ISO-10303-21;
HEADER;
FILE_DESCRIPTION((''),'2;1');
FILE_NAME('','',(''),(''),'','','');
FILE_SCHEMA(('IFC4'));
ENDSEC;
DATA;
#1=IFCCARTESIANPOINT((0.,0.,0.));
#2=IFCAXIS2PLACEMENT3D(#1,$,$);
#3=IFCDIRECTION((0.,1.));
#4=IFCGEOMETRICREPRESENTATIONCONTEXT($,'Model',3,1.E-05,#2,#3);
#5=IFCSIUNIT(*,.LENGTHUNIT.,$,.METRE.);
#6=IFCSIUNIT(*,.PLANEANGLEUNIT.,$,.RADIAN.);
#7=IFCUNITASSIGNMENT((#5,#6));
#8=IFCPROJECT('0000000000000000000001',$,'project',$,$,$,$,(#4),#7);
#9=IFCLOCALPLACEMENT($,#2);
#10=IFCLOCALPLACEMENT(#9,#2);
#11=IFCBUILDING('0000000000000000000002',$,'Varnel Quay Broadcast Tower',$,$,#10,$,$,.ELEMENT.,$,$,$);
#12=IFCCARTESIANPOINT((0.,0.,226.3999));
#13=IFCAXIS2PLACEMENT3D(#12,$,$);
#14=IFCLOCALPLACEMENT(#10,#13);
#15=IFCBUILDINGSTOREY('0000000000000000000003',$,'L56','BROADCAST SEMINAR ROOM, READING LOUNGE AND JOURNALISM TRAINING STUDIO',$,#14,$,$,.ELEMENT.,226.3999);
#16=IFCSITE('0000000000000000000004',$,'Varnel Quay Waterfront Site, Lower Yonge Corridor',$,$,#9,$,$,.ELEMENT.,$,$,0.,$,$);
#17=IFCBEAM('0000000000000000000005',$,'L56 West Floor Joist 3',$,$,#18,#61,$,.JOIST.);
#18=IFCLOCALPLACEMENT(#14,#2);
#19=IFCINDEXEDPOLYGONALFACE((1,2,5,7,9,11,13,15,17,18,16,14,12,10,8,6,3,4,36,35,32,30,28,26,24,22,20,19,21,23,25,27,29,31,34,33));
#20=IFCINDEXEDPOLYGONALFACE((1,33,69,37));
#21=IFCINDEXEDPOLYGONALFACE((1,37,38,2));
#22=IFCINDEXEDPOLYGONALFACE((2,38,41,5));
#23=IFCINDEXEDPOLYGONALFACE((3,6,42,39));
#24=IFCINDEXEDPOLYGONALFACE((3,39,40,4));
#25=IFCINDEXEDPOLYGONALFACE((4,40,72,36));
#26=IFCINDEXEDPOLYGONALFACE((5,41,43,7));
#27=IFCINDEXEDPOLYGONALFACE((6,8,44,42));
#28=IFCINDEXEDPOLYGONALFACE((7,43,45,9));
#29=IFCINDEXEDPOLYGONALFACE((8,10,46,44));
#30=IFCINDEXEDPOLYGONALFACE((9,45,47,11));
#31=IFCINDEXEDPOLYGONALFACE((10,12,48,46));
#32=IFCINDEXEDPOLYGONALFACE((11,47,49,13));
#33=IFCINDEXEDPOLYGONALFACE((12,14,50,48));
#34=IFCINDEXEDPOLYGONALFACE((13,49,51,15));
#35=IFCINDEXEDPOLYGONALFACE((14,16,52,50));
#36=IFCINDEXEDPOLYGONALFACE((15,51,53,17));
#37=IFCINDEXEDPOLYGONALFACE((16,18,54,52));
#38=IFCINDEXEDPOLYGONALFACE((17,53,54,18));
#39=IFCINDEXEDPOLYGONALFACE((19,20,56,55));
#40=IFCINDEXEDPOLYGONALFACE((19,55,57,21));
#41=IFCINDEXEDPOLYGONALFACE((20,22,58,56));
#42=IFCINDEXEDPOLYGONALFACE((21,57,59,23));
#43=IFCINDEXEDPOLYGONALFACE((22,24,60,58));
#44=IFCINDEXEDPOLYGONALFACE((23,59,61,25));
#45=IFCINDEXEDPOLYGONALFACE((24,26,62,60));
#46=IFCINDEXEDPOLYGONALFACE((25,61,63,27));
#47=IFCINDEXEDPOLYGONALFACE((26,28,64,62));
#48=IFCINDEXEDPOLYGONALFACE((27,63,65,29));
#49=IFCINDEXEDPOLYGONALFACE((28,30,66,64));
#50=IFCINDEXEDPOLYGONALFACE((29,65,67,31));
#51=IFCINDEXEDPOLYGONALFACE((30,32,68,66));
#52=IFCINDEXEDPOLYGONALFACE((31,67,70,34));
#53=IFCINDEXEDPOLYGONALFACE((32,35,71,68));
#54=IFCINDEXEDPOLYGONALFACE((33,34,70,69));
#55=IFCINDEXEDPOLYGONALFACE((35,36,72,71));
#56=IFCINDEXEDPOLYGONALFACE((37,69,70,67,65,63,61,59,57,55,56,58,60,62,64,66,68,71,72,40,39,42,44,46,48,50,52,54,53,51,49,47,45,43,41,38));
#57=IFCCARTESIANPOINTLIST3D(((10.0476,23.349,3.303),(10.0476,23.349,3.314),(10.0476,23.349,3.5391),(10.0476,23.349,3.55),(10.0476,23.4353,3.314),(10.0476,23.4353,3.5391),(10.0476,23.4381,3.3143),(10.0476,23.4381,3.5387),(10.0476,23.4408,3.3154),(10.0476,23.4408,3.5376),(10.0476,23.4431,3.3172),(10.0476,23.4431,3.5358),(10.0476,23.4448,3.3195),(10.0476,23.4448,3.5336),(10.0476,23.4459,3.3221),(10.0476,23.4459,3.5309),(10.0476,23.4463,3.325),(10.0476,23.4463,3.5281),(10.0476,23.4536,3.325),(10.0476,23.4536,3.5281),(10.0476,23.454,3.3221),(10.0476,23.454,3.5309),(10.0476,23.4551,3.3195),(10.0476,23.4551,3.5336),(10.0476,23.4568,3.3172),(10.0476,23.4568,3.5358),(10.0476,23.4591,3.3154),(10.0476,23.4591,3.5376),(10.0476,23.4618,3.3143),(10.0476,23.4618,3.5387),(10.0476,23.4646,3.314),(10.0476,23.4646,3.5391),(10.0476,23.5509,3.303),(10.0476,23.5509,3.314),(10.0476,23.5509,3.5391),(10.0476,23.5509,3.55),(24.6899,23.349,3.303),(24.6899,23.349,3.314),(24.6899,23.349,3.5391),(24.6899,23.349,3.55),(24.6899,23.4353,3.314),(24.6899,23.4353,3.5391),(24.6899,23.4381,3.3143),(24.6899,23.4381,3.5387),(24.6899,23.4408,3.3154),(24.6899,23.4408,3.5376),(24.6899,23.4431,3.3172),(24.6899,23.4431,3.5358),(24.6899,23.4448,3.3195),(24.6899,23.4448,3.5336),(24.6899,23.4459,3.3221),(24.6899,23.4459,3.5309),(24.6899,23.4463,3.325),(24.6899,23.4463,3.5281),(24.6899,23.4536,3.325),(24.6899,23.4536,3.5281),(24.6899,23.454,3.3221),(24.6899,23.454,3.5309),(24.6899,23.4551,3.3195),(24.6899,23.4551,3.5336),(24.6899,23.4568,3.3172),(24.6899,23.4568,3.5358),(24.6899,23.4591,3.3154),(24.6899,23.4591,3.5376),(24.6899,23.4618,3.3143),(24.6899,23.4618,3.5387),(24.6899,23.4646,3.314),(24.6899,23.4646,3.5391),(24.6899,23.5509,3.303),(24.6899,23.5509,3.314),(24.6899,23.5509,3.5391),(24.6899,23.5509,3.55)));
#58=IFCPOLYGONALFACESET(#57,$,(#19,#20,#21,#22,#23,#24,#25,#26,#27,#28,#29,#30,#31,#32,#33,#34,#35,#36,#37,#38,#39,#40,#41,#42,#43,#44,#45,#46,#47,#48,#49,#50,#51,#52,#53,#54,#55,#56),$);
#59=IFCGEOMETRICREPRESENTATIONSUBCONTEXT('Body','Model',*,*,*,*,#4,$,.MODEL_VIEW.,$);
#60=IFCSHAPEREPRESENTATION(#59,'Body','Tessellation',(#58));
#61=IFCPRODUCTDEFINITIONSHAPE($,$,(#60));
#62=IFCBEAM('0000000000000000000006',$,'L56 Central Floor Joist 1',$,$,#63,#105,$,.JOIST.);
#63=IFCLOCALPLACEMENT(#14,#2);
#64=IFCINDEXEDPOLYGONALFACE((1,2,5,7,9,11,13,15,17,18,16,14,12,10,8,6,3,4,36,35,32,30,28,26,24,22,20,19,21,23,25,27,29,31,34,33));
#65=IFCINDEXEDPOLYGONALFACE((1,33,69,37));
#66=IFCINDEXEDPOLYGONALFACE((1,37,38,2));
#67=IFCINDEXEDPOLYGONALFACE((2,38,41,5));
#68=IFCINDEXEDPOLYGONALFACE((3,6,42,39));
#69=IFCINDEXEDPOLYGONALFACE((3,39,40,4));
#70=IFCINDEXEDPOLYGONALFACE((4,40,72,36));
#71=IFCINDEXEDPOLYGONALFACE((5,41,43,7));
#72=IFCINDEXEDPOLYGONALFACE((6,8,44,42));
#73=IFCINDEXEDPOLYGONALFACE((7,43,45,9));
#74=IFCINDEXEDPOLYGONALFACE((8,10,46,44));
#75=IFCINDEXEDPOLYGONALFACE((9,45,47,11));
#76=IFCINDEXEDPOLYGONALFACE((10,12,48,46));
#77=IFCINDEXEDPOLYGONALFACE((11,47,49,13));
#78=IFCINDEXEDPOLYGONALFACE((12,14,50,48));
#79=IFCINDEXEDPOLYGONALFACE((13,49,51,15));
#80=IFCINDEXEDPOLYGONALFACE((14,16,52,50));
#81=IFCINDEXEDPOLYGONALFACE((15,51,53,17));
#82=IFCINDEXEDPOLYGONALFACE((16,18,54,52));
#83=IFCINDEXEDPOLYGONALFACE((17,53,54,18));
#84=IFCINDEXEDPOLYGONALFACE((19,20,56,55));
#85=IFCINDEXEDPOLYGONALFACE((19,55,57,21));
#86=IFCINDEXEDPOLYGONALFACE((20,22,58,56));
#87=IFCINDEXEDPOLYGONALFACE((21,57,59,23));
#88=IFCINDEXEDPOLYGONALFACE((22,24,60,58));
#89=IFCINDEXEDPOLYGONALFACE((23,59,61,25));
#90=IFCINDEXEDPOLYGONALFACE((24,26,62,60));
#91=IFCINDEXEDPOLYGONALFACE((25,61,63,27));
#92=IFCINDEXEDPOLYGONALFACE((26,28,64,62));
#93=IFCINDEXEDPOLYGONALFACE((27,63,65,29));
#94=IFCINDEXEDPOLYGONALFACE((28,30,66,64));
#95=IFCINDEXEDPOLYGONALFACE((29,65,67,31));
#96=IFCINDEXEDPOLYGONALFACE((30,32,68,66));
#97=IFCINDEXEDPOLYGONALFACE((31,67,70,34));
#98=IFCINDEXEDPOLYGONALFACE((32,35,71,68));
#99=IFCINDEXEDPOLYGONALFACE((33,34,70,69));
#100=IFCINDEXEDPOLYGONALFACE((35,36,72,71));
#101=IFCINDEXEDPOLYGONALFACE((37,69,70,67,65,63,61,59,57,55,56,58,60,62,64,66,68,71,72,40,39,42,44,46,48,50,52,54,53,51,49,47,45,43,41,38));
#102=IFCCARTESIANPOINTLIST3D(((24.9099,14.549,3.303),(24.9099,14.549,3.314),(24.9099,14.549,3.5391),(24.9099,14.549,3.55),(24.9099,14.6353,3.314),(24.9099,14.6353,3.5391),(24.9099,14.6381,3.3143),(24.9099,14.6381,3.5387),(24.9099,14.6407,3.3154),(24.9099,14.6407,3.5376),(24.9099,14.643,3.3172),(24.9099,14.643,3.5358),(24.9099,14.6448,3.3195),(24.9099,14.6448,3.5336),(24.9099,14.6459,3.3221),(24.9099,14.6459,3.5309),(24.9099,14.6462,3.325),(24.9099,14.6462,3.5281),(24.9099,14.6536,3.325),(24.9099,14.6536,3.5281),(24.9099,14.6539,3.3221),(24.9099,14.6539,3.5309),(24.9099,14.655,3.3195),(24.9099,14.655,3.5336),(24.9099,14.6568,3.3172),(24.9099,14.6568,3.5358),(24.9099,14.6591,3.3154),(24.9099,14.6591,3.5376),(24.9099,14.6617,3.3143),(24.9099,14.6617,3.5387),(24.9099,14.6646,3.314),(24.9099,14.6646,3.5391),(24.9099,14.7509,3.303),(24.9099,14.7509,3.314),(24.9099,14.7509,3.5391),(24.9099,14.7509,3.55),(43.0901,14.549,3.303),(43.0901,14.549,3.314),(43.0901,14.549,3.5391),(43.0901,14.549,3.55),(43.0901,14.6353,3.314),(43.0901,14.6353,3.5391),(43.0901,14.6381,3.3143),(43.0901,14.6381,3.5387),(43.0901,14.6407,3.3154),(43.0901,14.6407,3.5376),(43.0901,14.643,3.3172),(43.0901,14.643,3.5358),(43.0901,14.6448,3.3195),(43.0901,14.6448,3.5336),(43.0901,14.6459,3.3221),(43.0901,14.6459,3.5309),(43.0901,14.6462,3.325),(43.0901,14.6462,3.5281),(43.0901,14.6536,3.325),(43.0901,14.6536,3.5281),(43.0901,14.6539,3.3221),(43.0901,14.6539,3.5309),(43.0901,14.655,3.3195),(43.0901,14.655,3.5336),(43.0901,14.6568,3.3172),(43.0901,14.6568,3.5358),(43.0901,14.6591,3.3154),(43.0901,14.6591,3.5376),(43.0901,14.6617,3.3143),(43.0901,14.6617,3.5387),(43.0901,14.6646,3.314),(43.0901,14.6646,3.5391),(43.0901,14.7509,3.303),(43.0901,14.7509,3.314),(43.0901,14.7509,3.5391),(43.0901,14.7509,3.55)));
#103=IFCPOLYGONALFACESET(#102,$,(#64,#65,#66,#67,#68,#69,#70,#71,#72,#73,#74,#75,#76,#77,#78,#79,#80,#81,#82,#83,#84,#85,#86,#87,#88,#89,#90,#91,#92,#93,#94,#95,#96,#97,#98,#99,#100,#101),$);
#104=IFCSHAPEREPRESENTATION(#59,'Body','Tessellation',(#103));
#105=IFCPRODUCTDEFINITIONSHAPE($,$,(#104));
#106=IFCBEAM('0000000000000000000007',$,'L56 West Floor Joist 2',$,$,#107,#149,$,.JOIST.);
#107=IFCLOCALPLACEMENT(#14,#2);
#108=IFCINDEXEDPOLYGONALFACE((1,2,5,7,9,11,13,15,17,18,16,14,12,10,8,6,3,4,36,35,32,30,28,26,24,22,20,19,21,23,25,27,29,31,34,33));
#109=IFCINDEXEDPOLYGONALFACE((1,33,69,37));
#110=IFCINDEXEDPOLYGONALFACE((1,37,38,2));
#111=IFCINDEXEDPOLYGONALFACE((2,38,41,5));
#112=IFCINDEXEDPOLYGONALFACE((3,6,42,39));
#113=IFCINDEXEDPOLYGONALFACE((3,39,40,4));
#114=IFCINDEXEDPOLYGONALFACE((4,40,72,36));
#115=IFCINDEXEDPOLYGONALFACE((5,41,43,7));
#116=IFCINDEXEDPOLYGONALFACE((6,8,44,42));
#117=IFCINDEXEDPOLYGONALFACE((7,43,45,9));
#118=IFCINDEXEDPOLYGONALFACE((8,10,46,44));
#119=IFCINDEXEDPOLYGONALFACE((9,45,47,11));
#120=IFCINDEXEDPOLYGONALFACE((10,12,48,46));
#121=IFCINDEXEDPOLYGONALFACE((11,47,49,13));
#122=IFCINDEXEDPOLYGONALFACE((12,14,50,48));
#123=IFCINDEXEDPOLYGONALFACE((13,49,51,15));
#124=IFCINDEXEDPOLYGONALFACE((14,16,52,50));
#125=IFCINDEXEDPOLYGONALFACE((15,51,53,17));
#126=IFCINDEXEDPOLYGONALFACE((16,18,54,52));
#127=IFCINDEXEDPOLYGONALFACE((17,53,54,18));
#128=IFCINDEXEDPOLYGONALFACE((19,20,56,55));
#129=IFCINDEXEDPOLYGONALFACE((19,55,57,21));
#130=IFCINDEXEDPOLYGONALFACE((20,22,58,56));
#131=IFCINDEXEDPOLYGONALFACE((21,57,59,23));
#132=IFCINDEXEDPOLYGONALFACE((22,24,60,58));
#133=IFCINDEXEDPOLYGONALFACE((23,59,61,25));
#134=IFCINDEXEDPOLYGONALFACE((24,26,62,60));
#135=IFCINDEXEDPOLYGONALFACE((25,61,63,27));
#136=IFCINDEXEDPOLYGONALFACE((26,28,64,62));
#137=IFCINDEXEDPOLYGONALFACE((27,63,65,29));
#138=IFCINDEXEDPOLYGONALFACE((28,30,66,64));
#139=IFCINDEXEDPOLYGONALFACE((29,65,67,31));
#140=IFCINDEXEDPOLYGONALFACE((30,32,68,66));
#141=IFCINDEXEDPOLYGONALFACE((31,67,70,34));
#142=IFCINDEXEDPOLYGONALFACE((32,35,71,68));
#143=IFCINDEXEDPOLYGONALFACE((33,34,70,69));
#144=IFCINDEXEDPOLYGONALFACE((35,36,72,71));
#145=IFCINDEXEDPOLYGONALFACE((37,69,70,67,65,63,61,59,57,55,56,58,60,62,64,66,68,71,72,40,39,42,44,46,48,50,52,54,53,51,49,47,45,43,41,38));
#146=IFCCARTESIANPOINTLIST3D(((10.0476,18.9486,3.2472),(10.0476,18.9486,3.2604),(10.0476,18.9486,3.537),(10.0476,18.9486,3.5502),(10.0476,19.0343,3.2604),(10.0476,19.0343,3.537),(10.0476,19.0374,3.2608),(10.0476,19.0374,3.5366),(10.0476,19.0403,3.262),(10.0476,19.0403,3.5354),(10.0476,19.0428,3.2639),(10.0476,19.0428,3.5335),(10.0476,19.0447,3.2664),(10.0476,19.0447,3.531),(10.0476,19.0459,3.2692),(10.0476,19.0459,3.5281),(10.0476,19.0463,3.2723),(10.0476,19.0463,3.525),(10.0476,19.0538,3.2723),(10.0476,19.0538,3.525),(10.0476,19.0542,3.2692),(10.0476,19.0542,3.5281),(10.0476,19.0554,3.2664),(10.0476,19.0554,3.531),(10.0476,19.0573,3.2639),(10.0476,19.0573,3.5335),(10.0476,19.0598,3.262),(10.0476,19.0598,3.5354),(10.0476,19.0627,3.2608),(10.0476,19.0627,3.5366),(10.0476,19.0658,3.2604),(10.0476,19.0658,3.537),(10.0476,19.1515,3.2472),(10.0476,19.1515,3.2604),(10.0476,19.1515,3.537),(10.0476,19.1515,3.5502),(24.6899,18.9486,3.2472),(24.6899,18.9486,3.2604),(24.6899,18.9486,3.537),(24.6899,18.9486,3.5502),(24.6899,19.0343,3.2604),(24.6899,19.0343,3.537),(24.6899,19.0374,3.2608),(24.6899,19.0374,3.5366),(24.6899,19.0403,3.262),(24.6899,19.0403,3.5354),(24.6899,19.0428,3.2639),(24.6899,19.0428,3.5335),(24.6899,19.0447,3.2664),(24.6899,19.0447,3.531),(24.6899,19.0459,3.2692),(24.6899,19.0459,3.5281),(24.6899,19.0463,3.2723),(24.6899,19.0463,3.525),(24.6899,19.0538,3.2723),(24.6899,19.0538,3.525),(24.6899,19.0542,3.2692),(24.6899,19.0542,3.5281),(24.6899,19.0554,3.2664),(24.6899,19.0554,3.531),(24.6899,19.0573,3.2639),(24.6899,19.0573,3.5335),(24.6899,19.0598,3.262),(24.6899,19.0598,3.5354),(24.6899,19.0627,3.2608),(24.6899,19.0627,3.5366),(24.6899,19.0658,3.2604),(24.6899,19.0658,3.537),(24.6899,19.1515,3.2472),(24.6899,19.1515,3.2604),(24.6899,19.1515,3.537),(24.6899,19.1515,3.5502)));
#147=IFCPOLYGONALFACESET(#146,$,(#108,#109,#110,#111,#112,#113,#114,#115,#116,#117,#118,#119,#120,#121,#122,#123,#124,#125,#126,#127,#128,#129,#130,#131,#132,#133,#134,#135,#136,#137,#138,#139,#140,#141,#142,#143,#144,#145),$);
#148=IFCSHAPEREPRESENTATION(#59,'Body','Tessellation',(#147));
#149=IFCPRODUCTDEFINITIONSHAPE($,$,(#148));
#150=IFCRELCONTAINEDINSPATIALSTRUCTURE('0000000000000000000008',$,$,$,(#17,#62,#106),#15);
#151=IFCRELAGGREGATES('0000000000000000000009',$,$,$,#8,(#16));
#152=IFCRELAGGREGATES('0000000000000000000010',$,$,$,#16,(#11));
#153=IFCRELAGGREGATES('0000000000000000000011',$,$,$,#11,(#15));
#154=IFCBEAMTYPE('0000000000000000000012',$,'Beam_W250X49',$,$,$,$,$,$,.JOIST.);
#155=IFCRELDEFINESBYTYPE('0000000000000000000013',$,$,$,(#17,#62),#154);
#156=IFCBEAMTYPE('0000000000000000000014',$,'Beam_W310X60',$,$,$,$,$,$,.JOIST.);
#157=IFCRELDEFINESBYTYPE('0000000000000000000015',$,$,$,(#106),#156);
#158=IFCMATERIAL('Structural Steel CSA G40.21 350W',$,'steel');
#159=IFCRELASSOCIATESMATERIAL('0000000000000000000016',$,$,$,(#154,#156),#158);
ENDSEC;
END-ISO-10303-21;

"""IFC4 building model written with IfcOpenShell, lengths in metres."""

from ifc_helpers import new_model, si_unit, direction, frame, origin, origin_2d, place, context, subcontext, project, spatial, i_section, extrude, source, transform, mapped, material, material_profile, profile_set, type_object, type_shapes, element, save


model = new_model("IFC4")

# Units and contexts
model_context = context("Model", 3, precision=1e-05, world=origin(), true_north=direction((0.0, 1.0)))
body_context = subcontext(model_context, "Body", "Model", "MODEL_VIEW")
ifc_project = project(units=[si_unit("LENGTHUNIT", "METRE"), si_unit("PLANEANGLEUNIT", "RADIAN")], contexts=[model_context])

# Site, building, storey
site_placement = place(None, origin())
site = spatial("IfcSite", under=ifc_project, at=site_placement, Name="Varnel Quay Waterfront Site, Lower Yonge Corridor", CompositionType="ELEMENT", RefElevation=0.0)
building_placement = place(site_placement, origin())
building = spatial("IfcBuilding", under=site, at=building_placement, Name="Varnel Quay Broadcast Tower", CompositionType="ELEMENT")
storey_placement = place(building_placement, frame((0.0, 0.0, 226.3999)))
storey = spatial("IfcBuildingStorey", under=building, at=storey_placement, Name="L56", Description="BROADCAST SEMINAR ROOM, READING LOUNGE AND JOURNALISM TRAINING STUDIO", CompositionType="ELEMENT", Elevation=226.3999)

# Shared definitions
ifc_material_1 = material(Name="Structural Steel CSA G40.21 350W", Category="steel")

# Beams
ifc_material_profile_1 = material_profile(ifc_material_1, i_section(OverallWidth=0.2019, OverallDepth=0.2471, WebThickness=0.0073, FlangeThickness=0.011, FilletRadius=0.011, at=origin_2d()), Name="W250X49")
ifc_profile_set_1 = profile_set([ifc_material_profile_1], Name="Structural Steel CSA G40.21 350W")
beam_type_1 = type_object("IfcBeamType", Name="Beam_W250X49", PredefinedType="JOIST", material=ifc_profile_set_1)
shared_shape_1 = source(origin(), body_context, "Body", "SweptSolid", [
    extrude(i_section(OverallWidth=0.2019, OverallDepth=0.2471, WebThickness=0.0073, FlangeThickness=0.011, FilletRadius=0.011, at=origin_2d()), origin(), (0.0, 0.0, 1.0), 14.6423),
])
for number, where, z_axis, x_axis, name in (
    (1, (10.0476, 23.45, 3.4265), (1.0, 0.0, 0.0), (0.0, 1.0, 0.0), "L56 West Floor Joist 3"),
):
    element("IfcBeam", number, at=place(storey_placement, frame(where, z_axis=z_axis, x_axis=x_axis)), inside=storey, type_object=beam_type_1, Name=name, PredefinedType="JOIST", context=body_context, shape_type="MappedRepresentation", body=[
        mapped(shared_shape_1, transform((0.0, 0.0, 0.0), x_axis=(1.0, 0.0, 0.0), y_axis=(0.0, 1.0, 0.0), z_axis=(0.0, 0.0, 1.0), scale=1.0)),
    ])
shared_shape_2 = source(origin(), body_context, "Body", "SweptSolid", [
    extrude(i_section(OverallWidth=0.2019, OverallDepth=0.2471, WebThickness=0.0073, FlangeThickness=0.011, FilletRadius=0.011, at=origin_2d()), origin(), (0.0, 0.0, 1.0), 18.1802),
])
type_shapes(beam_type_1, [shared_shape_1, shared_shape_2])
beam_1_placement = place(storey_placement, frame((24.9099, 14.6499, 3.4265), z_axis=(1.0, 0.0, 0.0), x_axis=(0.0, 1.0, 0.0)))
element("IfcBeam", 2, at=beam_1_placement, inside=storey, type_object=beam_type_1, Name="L56 Central Floor Joist 1", PredefinedType="JOIST", context=body_context, shape_type="MappedRepresentation", body=[
    mapped(shared_shape_2, transform((0.0, 0.0, 0.0), x_axis=(1.0, 0.0, 0.0), y_axis=(0.0, 1.0, 0.0), z_axis=(0.0, 0.0, 1.0), scale=1.0)),
])
ifc_material_profile_2 = material_profile(ifc_material_1, i_section(OverallWidth=0.2029, OverallDepth=0.303, WebThickness=0.0076, FlangeThickness=0.0132, FilletRadius=0.012, at=origin_2d()), Name="W310X60")
ifc_profile_set_2 = profile_set([ifc_material_profile_2], Name="Structural Steel CSA G40.21 350W")
beam_type_2 = type_object("IfcBeamType", Name="Beam_W310X60", PredefinedType="JOIST", material=ifc_profile_set_2)
shared_shape_3 = source(origin(), body_context, "Body", "SweptSolid", [
    extrude(i_section(OverallWidth=0.2029, OverallDepth=0.303, WebThickness=0.0076, FlangeThickness=0.0132, FilletRadius=0.012, at=origin_2d()), origin(), (0.0, 0.0, 1.0), 14.6423),
])
beam_2_placement = place(storey_placement, frame((10.0476, 19.05, 3.3987), z_axis=(1.0, 0.0, 0.0), x_axis=(0.0, 1.0, 0.0)))
element("IfcBeam", 3, at=beam_2_placement, inside=storey, type_object=beam_type_2, Name="L56 West Floor Joist 2", PredefinedType="JOIST", context=body_context, shape_type="MappedRepresentation", body=[
    mapped(shared_shape_3, transform((0.0, 0.0, 0.0), x_axis=(1.0, 0.0, 0.0), y_axis=(0.0, 1.0, 0.0), z_axis=(0.0, 0.0, 1.0), scale=1.0)),
])

save(model, "model.ifc")
